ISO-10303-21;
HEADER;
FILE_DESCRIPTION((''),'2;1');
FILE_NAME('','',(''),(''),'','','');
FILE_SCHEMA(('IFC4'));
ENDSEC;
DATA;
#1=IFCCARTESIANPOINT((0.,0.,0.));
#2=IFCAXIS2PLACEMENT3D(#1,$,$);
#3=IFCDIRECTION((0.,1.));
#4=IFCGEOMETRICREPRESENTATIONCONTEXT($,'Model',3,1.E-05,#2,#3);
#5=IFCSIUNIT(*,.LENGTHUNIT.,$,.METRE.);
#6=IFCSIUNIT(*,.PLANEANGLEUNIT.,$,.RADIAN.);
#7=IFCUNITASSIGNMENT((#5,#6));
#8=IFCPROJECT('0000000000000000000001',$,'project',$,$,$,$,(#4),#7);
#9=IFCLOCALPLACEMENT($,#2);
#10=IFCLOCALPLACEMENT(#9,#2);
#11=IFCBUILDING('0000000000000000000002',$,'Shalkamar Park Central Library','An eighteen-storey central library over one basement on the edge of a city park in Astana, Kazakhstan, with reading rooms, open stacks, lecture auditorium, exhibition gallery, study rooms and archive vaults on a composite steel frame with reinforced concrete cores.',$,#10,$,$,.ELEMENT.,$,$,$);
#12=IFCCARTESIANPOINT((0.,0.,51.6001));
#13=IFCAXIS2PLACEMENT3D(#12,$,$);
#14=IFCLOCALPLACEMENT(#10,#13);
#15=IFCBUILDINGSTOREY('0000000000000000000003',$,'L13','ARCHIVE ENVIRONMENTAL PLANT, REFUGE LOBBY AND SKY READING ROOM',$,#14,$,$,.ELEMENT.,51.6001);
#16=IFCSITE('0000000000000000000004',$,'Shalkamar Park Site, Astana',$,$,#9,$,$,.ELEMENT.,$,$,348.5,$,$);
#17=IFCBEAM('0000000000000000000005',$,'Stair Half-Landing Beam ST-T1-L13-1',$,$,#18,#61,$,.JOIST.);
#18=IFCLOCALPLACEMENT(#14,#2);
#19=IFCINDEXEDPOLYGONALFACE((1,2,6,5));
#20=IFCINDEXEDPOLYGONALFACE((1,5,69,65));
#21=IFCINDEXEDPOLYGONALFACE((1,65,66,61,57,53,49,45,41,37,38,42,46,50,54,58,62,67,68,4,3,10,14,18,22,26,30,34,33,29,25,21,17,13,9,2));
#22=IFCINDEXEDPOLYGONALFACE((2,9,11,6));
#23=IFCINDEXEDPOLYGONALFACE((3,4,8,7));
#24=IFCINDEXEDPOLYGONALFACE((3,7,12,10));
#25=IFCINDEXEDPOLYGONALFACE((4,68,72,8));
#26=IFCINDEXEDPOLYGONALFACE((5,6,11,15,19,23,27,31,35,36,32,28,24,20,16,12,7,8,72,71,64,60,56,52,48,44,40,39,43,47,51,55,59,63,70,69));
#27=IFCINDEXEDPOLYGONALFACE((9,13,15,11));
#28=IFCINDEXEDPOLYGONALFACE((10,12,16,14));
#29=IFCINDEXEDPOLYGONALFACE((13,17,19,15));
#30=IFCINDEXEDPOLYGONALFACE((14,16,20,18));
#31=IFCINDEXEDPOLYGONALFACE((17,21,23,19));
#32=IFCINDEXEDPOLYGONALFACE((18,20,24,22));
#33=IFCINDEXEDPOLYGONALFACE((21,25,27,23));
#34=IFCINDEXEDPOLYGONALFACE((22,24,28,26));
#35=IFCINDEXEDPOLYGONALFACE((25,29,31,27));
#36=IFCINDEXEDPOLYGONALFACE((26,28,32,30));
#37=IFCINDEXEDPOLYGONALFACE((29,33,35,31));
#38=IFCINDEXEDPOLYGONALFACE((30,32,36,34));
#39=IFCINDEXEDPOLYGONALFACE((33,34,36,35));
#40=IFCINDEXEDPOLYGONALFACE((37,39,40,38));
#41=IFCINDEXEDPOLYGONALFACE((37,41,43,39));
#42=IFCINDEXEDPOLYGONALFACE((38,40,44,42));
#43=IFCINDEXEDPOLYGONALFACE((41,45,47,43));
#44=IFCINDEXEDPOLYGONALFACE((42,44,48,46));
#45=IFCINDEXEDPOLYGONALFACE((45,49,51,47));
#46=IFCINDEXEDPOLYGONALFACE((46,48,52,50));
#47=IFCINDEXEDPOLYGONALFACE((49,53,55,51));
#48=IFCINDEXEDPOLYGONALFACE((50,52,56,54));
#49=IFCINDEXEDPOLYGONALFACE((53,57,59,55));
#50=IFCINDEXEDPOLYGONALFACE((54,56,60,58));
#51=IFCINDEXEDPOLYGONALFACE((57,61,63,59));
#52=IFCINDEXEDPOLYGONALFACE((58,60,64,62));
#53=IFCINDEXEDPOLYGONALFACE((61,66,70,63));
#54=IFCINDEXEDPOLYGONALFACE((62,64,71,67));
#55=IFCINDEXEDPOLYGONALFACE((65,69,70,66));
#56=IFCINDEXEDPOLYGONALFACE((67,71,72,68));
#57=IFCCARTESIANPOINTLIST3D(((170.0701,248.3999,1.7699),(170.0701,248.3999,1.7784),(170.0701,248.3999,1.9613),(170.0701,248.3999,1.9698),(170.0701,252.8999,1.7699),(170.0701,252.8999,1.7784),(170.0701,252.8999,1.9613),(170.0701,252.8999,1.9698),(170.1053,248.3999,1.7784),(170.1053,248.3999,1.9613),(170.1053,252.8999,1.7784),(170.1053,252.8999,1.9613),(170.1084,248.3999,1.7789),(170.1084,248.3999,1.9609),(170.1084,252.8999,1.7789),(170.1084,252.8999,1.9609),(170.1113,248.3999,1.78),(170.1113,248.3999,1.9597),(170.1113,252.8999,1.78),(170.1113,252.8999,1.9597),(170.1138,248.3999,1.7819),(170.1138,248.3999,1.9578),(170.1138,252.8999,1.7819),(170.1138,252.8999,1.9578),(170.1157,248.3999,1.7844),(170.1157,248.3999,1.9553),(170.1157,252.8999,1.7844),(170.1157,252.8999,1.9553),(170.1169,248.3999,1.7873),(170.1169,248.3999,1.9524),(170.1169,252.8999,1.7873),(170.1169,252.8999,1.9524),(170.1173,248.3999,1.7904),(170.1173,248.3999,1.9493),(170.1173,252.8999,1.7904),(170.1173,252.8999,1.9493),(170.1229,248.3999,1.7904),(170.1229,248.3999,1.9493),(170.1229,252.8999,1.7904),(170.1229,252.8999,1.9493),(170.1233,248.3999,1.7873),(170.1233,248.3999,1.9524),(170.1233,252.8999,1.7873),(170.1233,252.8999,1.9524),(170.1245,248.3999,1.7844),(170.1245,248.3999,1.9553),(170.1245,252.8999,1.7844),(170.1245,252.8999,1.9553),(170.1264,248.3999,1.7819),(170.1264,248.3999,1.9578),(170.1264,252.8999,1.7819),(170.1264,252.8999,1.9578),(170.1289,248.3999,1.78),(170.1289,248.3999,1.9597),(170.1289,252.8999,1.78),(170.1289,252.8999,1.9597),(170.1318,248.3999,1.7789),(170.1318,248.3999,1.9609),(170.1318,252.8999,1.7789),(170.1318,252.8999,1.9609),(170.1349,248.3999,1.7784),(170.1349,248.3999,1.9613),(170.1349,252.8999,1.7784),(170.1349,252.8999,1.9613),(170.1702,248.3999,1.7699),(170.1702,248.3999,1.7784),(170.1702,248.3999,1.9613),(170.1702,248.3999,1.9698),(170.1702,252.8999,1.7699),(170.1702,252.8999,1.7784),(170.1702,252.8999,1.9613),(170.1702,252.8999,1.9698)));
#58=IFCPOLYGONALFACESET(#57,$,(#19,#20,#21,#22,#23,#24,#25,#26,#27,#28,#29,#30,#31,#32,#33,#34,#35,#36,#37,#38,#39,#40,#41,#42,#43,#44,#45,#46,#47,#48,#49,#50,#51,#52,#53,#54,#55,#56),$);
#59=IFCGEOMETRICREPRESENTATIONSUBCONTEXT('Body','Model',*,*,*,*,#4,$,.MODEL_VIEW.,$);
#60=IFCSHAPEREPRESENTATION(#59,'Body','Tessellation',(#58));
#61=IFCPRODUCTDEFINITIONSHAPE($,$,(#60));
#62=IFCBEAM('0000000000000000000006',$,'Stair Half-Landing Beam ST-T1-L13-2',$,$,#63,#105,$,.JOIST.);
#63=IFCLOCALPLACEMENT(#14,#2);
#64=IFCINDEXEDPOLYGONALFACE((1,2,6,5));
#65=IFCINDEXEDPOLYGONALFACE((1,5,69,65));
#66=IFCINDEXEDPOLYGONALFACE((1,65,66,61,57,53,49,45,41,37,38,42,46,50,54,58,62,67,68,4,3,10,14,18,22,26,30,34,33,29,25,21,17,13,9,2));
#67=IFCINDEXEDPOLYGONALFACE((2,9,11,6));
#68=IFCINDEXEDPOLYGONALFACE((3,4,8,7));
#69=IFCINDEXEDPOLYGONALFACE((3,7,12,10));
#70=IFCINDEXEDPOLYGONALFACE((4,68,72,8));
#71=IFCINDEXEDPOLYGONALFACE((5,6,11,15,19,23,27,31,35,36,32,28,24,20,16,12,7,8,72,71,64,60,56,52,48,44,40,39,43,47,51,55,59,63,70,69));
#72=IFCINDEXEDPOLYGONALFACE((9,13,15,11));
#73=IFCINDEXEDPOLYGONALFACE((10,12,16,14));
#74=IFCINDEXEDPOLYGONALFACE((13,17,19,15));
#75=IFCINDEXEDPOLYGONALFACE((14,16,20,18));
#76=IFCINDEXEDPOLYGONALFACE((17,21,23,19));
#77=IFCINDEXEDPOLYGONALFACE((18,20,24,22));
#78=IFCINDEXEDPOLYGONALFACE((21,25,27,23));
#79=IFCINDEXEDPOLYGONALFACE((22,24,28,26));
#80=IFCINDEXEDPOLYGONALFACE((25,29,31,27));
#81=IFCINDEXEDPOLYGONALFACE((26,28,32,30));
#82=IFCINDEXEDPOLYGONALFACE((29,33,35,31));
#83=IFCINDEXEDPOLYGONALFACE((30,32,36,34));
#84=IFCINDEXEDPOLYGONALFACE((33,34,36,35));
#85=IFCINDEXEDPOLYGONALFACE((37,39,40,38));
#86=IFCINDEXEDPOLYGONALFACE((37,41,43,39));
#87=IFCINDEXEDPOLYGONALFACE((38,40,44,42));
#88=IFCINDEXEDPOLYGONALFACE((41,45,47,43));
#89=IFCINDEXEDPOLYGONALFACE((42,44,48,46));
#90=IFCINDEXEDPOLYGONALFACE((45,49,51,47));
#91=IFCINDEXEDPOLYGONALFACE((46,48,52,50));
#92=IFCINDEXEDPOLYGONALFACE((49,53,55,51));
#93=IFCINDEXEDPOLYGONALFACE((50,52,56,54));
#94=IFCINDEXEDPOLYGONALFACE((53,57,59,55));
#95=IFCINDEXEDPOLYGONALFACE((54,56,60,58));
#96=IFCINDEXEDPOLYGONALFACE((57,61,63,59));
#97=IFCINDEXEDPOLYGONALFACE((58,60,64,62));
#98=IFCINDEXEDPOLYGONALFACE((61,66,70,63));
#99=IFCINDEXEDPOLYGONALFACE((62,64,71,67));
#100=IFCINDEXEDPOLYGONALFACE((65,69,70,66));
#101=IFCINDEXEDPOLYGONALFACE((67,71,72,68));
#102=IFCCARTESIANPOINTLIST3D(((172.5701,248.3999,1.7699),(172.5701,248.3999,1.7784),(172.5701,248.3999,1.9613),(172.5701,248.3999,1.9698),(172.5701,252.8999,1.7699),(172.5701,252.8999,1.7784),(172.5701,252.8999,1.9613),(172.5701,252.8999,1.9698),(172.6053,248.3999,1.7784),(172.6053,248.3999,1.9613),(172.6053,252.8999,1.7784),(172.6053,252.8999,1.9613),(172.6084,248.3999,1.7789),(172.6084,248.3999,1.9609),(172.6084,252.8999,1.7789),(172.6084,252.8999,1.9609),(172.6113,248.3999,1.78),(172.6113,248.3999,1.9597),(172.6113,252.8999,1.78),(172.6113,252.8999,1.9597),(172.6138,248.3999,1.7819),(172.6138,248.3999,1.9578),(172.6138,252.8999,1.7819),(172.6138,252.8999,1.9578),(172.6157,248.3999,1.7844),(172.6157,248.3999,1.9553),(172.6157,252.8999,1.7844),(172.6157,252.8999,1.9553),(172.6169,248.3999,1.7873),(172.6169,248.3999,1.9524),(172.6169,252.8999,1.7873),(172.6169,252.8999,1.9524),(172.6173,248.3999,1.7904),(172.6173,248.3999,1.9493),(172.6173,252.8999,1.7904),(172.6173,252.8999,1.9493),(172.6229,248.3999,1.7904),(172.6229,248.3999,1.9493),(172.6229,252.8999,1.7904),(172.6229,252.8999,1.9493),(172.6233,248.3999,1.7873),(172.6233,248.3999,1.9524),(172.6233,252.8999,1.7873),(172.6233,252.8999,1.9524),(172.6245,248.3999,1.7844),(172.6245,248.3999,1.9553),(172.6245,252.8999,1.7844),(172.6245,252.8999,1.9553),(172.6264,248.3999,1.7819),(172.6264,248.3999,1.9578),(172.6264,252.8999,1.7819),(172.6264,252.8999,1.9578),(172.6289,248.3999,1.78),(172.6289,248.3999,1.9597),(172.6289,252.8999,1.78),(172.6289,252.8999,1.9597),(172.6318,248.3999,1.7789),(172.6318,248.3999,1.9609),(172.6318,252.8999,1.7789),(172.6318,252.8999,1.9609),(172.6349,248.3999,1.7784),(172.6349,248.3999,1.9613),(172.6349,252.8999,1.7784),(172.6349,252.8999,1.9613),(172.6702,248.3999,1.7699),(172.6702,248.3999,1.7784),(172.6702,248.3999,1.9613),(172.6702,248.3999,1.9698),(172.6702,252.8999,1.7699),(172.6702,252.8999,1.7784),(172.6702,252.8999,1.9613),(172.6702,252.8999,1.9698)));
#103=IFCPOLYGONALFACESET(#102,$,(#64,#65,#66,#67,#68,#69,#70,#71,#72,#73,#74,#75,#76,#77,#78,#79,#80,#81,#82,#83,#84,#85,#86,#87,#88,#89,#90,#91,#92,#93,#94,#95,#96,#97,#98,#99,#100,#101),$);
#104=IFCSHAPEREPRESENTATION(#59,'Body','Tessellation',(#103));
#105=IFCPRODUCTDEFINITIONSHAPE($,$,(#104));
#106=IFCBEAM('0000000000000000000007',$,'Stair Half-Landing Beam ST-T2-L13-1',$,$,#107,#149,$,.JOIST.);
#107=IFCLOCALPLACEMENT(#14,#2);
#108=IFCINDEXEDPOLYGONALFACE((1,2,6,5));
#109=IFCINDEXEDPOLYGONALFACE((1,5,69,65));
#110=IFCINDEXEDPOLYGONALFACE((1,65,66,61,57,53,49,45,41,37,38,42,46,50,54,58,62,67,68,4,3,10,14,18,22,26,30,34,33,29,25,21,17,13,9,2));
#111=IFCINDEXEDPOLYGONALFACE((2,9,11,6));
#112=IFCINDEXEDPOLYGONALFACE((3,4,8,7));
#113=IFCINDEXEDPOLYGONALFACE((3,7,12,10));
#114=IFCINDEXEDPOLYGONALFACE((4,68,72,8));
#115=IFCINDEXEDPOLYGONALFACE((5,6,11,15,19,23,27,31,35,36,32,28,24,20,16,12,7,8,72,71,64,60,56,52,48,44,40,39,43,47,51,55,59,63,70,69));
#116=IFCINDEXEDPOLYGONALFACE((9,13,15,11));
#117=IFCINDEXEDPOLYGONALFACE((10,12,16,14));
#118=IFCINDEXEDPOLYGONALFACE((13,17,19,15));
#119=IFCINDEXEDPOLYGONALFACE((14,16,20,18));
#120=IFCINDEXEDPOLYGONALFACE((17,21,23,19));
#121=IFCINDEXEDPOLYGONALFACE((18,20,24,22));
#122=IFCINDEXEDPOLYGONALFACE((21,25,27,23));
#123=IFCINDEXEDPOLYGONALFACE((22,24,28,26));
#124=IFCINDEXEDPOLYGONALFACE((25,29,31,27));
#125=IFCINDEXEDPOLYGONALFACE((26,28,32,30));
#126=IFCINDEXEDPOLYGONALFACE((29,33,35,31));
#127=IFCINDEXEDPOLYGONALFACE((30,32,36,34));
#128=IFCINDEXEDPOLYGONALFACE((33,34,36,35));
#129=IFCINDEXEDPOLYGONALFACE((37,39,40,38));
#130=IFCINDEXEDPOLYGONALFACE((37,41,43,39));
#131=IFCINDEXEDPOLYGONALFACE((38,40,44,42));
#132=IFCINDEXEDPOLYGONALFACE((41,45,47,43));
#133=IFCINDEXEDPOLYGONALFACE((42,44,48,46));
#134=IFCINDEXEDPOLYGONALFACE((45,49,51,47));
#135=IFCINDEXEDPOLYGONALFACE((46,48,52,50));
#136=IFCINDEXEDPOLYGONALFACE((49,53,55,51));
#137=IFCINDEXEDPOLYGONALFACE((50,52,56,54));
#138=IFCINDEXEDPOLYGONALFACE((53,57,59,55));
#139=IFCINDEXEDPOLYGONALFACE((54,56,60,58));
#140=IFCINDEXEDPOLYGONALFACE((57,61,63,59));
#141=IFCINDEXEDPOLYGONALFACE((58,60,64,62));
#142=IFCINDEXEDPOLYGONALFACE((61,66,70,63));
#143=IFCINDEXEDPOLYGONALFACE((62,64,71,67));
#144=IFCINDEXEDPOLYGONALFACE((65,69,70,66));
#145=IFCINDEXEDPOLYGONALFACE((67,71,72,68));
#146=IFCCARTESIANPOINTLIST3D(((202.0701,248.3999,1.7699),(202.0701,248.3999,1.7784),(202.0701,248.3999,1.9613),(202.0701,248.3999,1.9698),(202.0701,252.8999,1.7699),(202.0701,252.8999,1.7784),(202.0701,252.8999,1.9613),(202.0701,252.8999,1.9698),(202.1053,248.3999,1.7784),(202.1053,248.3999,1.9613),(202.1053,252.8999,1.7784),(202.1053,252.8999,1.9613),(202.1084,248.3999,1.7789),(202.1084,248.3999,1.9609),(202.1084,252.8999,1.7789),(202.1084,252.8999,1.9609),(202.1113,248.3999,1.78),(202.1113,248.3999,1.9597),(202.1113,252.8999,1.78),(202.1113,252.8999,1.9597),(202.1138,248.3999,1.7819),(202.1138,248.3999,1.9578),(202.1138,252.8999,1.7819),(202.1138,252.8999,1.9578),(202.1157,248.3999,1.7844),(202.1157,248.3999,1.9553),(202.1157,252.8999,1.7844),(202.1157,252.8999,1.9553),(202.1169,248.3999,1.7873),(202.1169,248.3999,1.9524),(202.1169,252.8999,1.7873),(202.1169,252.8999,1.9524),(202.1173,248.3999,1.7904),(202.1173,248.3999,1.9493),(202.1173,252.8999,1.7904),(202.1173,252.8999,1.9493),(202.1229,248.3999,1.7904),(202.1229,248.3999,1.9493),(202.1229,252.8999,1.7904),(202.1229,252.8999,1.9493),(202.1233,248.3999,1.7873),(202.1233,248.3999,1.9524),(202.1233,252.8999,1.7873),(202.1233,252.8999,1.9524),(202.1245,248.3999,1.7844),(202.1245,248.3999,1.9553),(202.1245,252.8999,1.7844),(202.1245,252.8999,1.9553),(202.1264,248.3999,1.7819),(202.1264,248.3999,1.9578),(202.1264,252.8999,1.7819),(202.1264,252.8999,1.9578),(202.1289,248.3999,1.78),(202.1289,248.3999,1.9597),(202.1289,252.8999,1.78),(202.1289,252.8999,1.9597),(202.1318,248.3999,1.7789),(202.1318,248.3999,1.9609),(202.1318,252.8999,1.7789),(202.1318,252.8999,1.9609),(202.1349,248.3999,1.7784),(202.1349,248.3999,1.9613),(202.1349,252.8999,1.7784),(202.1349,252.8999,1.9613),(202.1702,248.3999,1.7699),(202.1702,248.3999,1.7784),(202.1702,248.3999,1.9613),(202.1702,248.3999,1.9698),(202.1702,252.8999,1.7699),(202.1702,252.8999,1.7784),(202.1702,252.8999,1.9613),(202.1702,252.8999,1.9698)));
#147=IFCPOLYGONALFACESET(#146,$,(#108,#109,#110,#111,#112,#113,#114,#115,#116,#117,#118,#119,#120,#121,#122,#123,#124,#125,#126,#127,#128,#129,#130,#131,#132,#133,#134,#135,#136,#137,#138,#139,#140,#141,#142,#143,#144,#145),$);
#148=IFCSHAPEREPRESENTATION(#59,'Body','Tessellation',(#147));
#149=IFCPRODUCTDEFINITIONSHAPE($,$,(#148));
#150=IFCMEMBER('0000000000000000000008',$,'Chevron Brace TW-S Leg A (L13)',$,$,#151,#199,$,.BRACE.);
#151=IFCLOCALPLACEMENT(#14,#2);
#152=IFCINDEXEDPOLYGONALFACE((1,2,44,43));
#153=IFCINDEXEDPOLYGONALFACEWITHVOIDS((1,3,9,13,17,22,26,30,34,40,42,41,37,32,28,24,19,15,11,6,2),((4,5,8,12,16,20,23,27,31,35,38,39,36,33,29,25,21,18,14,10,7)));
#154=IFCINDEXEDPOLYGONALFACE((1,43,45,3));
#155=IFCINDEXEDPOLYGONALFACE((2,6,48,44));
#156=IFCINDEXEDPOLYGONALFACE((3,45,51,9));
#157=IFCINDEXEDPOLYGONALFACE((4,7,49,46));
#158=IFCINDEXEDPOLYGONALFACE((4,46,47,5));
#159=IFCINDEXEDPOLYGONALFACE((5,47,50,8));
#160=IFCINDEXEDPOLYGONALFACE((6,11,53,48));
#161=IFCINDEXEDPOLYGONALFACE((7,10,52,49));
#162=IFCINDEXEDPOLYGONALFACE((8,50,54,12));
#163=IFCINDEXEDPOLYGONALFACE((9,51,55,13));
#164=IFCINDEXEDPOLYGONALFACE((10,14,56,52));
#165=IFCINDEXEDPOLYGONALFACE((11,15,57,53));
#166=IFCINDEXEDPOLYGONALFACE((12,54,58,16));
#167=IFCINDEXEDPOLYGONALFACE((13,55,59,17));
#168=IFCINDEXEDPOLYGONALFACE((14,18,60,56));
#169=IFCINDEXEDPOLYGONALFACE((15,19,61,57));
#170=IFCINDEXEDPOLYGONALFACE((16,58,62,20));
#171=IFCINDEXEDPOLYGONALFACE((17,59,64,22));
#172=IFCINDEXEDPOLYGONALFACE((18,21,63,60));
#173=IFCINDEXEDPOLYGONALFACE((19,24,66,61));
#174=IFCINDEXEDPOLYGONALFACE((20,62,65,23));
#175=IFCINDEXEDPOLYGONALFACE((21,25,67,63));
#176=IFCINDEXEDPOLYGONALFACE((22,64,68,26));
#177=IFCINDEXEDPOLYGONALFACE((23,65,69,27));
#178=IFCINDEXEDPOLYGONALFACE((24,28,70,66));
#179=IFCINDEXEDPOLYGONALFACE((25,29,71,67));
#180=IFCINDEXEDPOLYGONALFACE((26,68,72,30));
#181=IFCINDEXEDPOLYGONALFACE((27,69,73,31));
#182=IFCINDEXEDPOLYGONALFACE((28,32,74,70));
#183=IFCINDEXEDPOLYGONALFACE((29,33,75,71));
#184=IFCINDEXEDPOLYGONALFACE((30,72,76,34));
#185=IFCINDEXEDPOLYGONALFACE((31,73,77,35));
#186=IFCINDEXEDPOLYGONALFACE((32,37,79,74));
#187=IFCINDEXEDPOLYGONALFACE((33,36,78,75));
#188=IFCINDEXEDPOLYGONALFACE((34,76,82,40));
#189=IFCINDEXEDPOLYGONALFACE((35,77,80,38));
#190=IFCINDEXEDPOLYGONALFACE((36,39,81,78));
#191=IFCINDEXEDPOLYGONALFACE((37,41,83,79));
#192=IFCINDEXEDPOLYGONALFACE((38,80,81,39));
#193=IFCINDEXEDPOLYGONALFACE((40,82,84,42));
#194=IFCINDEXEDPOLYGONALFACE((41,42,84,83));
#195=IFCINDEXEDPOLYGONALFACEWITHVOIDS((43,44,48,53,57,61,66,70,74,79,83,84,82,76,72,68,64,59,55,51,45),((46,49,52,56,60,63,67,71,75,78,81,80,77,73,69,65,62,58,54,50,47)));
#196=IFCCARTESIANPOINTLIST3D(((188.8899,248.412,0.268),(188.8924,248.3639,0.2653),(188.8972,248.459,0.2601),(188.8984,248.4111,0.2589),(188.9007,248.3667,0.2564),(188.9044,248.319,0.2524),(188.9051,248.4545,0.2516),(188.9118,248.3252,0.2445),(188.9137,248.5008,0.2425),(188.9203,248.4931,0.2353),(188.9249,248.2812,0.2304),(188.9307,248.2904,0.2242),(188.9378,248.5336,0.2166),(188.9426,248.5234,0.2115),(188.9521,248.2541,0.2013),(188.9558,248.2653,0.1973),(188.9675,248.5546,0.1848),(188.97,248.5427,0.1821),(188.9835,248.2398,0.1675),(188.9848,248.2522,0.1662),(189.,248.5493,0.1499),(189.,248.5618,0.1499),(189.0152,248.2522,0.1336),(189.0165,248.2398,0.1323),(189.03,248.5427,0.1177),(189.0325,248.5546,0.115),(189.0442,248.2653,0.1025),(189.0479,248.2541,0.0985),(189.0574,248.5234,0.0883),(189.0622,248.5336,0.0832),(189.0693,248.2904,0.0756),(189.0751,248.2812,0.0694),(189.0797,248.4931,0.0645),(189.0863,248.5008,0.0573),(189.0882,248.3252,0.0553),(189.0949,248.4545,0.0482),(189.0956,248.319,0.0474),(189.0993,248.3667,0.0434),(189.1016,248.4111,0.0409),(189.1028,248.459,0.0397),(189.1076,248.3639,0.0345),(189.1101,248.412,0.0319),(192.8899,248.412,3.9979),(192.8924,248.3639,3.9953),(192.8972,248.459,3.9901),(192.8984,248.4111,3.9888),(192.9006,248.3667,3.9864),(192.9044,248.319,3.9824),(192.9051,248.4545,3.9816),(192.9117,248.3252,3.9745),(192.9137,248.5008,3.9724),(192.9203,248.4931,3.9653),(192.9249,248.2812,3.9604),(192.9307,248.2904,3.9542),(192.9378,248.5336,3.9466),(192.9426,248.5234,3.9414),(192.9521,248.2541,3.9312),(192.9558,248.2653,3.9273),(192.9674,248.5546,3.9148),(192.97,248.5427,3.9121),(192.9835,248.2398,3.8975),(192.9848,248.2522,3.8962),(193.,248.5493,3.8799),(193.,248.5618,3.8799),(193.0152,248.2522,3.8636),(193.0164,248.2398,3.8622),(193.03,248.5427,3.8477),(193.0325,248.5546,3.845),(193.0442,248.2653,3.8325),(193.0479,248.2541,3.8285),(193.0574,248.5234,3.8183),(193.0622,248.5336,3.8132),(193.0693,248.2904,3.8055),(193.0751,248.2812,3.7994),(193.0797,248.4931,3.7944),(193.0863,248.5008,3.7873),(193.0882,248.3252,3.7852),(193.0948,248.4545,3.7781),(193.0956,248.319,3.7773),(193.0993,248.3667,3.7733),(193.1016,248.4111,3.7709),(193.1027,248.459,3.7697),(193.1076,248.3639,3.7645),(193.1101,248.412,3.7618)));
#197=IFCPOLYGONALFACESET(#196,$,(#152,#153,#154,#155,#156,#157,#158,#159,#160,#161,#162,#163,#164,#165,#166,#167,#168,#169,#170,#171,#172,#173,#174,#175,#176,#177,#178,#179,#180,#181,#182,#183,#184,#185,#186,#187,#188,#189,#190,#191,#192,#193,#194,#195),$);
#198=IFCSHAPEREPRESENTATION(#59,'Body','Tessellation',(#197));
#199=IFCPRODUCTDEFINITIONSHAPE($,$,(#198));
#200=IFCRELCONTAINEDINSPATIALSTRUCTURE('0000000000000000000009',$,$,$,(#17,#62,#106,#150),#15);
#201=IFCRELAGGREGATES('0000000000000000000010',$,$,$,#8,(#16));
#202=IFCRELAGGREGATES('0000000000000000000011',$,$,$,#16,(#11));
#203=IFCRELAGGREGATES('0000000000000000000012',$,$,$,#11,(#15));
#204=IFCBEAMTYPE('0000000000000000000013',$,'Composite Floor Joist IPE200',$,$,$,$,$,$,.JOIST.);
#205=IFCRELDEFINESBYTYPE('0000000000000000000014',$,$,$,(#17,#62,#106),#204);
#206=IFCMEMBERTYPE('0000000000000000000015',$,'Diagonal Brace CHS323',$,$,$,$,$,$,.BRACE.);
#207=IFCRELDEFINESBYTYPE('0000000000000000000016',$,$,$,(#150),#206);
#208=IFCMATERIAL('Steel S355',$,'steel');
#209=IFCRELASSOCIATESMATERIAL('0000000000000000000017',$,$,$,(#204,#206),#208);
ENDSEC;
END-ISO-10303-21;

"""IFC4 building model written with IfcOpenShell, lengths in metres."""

from ifc_helpers import new_model, si_unit, direction, frame, origin, origin_2d, place, context, subcontext, project, spatial, hollow_circle, i_section, extrude, material, material_profile, profile_set, type_object, element, save


model = new_model("IFC4")

# Units and contexts
model_context = context("Model", 3, precision=1e-05, world=origin(), true_north=direction((0.0, 1.0)))
body_context = subcontext(model_context, "Body", "Model", "MODEL_VIEW")
ifc_project = project(units=[si_unit("LENGTHUNIT", "METRE"), si_unit("PLANEANGLEUNIT", "RADIAN")], contexts=[model_context])

# Site, building, storey
site_placement = place(None, origin())
site = spatial("IfcSite", under=ifc_project, at=site_placement, Name="Shalkamar Park Site, Astana", CompositionType="ELEMENT", RefElevation=348.5)
building_placement = place(site_placement, origin())
building = spatial("IfcBuilding", under=site, at=building_placement, Name="Shalkamar Park Central Library", Description="An eighteen-storey central library over one basement on the edge of a city park in Astana, Kazakhstan, with reading rooms, open stacks, lecture auditorium, exhibition gallery, study rooms and archive vaults on a composite steel frame with reinforced concrete cores.", CompositionType="ELEMENT")
storey_placement = place(building_placement, frame((0.0, 0.0, 51.6001)))
storey = spatial("IfcBuildingStorey", under=building, at=storey_placement, Name="L13", Description="ARCHIVE ENVIRONMENTAL PLANT, REFUGE LOBBY AND SKY READING ROOM", CompositionType="ELEMENT", Elevation=51.6001)

# Beams
ifc_material_1 = material(Name="Steel S355", Category="steel")
ifc_material_profile_1 = material_profile(ifc_material_1, i_section(OverallWidth=0.1001, OverallDepth=0.2, WebThickness=0.0056, FlangeThickness=0.0085, FilletRadius=0.012, at=origin_2d()), Name="IPE 200")
ifc_profile_set_1 = profile_set([ifc_material_profile_1], Name="Steel S355")
beam_type_1 = type_object("IfcBeamType", Name="Composite Floor Joist IPE200", PredefinedType="JOIST", material=ifc_profile_set_1)
for number, where, z_axis, x_axis, name in (
    (1, (170.1201, 248.3999, 1.8699), (0.0, 1.0, 0.0), (-1.0, 0.0, 0.0), "Stair Half-Landing Beam ST-T1-L13-1"),
    (2, (172.6201, 248.3999, 1.8699), (0.0, 1.0, 0.0), (-1.0, 0.0, 0.0), "Stair Half-Landing Beam ST-T1-L13-2"),
    (3, (202.1201, 248.3999, 1.8699), (0.0, 1.0, 0.0), (-1.0, 0.0, 0.0), "Stair Half-Landing Beam ST-T2-L13-1"),
):
    element("IfcBeam", number, at=place(storey_placement, frame(where, z_axis=z_axis, x_axis=x_axis)), inside=storey, type_object=beam_type_1, Name=name, PredefinedType="JOIST", context=body_context, shape_type="SweptSolid", body=[
        extrude(i_section(OverallWidth=0.1001, OverallDepth=0.2, WebThickness=0.0056, FlangeThickness=0.0085, FilletRadius=0.012, at=origin_2d()), origin(), (0.0, 0.0, 1.0), 4.5),
    ])

# Member
ifc_material_profile_2 = material_profile(ifc_material_1, hollow_circle(Radius=0.1619, WallThickness=0.0125, at=origin_2d()), Name="CHS 323.9x12.5")
ifc_profile_set_2 = profile_set([ifc_material_profile_2], Name="Steel S355")
member_type = type_object("IfcMemberType", Name="Diagonal Brace CHS323", PredefinedType="BRACE", material=ifc_profile_set_2)
for number, where, z_axis, x_axis, name in (
    (4, (189.0, 248.3999, 0.1499), (0.731361, 0.0, 0.681991), (0.0, 1.0, 0.0), "Chevron Brace TW-S Leg A (L13)"),
):
    element("IfcMember", number, at=place(storey_placement, frame(where, z_axis=z_axis, x_axis=x_axis)), inside=storey, type_object=member_type, Name=name, PredefinedType="BRACE", context=body_context, shape_type="SweptSolid", body=[
        extrude(hollow_circle(Radius=0.1619, WallThickness=0.0125, at=origin_2d()), origin(), (0.0, 0.0, 1.0), 5.4692),
    ])

save(model, "model.ifc")
